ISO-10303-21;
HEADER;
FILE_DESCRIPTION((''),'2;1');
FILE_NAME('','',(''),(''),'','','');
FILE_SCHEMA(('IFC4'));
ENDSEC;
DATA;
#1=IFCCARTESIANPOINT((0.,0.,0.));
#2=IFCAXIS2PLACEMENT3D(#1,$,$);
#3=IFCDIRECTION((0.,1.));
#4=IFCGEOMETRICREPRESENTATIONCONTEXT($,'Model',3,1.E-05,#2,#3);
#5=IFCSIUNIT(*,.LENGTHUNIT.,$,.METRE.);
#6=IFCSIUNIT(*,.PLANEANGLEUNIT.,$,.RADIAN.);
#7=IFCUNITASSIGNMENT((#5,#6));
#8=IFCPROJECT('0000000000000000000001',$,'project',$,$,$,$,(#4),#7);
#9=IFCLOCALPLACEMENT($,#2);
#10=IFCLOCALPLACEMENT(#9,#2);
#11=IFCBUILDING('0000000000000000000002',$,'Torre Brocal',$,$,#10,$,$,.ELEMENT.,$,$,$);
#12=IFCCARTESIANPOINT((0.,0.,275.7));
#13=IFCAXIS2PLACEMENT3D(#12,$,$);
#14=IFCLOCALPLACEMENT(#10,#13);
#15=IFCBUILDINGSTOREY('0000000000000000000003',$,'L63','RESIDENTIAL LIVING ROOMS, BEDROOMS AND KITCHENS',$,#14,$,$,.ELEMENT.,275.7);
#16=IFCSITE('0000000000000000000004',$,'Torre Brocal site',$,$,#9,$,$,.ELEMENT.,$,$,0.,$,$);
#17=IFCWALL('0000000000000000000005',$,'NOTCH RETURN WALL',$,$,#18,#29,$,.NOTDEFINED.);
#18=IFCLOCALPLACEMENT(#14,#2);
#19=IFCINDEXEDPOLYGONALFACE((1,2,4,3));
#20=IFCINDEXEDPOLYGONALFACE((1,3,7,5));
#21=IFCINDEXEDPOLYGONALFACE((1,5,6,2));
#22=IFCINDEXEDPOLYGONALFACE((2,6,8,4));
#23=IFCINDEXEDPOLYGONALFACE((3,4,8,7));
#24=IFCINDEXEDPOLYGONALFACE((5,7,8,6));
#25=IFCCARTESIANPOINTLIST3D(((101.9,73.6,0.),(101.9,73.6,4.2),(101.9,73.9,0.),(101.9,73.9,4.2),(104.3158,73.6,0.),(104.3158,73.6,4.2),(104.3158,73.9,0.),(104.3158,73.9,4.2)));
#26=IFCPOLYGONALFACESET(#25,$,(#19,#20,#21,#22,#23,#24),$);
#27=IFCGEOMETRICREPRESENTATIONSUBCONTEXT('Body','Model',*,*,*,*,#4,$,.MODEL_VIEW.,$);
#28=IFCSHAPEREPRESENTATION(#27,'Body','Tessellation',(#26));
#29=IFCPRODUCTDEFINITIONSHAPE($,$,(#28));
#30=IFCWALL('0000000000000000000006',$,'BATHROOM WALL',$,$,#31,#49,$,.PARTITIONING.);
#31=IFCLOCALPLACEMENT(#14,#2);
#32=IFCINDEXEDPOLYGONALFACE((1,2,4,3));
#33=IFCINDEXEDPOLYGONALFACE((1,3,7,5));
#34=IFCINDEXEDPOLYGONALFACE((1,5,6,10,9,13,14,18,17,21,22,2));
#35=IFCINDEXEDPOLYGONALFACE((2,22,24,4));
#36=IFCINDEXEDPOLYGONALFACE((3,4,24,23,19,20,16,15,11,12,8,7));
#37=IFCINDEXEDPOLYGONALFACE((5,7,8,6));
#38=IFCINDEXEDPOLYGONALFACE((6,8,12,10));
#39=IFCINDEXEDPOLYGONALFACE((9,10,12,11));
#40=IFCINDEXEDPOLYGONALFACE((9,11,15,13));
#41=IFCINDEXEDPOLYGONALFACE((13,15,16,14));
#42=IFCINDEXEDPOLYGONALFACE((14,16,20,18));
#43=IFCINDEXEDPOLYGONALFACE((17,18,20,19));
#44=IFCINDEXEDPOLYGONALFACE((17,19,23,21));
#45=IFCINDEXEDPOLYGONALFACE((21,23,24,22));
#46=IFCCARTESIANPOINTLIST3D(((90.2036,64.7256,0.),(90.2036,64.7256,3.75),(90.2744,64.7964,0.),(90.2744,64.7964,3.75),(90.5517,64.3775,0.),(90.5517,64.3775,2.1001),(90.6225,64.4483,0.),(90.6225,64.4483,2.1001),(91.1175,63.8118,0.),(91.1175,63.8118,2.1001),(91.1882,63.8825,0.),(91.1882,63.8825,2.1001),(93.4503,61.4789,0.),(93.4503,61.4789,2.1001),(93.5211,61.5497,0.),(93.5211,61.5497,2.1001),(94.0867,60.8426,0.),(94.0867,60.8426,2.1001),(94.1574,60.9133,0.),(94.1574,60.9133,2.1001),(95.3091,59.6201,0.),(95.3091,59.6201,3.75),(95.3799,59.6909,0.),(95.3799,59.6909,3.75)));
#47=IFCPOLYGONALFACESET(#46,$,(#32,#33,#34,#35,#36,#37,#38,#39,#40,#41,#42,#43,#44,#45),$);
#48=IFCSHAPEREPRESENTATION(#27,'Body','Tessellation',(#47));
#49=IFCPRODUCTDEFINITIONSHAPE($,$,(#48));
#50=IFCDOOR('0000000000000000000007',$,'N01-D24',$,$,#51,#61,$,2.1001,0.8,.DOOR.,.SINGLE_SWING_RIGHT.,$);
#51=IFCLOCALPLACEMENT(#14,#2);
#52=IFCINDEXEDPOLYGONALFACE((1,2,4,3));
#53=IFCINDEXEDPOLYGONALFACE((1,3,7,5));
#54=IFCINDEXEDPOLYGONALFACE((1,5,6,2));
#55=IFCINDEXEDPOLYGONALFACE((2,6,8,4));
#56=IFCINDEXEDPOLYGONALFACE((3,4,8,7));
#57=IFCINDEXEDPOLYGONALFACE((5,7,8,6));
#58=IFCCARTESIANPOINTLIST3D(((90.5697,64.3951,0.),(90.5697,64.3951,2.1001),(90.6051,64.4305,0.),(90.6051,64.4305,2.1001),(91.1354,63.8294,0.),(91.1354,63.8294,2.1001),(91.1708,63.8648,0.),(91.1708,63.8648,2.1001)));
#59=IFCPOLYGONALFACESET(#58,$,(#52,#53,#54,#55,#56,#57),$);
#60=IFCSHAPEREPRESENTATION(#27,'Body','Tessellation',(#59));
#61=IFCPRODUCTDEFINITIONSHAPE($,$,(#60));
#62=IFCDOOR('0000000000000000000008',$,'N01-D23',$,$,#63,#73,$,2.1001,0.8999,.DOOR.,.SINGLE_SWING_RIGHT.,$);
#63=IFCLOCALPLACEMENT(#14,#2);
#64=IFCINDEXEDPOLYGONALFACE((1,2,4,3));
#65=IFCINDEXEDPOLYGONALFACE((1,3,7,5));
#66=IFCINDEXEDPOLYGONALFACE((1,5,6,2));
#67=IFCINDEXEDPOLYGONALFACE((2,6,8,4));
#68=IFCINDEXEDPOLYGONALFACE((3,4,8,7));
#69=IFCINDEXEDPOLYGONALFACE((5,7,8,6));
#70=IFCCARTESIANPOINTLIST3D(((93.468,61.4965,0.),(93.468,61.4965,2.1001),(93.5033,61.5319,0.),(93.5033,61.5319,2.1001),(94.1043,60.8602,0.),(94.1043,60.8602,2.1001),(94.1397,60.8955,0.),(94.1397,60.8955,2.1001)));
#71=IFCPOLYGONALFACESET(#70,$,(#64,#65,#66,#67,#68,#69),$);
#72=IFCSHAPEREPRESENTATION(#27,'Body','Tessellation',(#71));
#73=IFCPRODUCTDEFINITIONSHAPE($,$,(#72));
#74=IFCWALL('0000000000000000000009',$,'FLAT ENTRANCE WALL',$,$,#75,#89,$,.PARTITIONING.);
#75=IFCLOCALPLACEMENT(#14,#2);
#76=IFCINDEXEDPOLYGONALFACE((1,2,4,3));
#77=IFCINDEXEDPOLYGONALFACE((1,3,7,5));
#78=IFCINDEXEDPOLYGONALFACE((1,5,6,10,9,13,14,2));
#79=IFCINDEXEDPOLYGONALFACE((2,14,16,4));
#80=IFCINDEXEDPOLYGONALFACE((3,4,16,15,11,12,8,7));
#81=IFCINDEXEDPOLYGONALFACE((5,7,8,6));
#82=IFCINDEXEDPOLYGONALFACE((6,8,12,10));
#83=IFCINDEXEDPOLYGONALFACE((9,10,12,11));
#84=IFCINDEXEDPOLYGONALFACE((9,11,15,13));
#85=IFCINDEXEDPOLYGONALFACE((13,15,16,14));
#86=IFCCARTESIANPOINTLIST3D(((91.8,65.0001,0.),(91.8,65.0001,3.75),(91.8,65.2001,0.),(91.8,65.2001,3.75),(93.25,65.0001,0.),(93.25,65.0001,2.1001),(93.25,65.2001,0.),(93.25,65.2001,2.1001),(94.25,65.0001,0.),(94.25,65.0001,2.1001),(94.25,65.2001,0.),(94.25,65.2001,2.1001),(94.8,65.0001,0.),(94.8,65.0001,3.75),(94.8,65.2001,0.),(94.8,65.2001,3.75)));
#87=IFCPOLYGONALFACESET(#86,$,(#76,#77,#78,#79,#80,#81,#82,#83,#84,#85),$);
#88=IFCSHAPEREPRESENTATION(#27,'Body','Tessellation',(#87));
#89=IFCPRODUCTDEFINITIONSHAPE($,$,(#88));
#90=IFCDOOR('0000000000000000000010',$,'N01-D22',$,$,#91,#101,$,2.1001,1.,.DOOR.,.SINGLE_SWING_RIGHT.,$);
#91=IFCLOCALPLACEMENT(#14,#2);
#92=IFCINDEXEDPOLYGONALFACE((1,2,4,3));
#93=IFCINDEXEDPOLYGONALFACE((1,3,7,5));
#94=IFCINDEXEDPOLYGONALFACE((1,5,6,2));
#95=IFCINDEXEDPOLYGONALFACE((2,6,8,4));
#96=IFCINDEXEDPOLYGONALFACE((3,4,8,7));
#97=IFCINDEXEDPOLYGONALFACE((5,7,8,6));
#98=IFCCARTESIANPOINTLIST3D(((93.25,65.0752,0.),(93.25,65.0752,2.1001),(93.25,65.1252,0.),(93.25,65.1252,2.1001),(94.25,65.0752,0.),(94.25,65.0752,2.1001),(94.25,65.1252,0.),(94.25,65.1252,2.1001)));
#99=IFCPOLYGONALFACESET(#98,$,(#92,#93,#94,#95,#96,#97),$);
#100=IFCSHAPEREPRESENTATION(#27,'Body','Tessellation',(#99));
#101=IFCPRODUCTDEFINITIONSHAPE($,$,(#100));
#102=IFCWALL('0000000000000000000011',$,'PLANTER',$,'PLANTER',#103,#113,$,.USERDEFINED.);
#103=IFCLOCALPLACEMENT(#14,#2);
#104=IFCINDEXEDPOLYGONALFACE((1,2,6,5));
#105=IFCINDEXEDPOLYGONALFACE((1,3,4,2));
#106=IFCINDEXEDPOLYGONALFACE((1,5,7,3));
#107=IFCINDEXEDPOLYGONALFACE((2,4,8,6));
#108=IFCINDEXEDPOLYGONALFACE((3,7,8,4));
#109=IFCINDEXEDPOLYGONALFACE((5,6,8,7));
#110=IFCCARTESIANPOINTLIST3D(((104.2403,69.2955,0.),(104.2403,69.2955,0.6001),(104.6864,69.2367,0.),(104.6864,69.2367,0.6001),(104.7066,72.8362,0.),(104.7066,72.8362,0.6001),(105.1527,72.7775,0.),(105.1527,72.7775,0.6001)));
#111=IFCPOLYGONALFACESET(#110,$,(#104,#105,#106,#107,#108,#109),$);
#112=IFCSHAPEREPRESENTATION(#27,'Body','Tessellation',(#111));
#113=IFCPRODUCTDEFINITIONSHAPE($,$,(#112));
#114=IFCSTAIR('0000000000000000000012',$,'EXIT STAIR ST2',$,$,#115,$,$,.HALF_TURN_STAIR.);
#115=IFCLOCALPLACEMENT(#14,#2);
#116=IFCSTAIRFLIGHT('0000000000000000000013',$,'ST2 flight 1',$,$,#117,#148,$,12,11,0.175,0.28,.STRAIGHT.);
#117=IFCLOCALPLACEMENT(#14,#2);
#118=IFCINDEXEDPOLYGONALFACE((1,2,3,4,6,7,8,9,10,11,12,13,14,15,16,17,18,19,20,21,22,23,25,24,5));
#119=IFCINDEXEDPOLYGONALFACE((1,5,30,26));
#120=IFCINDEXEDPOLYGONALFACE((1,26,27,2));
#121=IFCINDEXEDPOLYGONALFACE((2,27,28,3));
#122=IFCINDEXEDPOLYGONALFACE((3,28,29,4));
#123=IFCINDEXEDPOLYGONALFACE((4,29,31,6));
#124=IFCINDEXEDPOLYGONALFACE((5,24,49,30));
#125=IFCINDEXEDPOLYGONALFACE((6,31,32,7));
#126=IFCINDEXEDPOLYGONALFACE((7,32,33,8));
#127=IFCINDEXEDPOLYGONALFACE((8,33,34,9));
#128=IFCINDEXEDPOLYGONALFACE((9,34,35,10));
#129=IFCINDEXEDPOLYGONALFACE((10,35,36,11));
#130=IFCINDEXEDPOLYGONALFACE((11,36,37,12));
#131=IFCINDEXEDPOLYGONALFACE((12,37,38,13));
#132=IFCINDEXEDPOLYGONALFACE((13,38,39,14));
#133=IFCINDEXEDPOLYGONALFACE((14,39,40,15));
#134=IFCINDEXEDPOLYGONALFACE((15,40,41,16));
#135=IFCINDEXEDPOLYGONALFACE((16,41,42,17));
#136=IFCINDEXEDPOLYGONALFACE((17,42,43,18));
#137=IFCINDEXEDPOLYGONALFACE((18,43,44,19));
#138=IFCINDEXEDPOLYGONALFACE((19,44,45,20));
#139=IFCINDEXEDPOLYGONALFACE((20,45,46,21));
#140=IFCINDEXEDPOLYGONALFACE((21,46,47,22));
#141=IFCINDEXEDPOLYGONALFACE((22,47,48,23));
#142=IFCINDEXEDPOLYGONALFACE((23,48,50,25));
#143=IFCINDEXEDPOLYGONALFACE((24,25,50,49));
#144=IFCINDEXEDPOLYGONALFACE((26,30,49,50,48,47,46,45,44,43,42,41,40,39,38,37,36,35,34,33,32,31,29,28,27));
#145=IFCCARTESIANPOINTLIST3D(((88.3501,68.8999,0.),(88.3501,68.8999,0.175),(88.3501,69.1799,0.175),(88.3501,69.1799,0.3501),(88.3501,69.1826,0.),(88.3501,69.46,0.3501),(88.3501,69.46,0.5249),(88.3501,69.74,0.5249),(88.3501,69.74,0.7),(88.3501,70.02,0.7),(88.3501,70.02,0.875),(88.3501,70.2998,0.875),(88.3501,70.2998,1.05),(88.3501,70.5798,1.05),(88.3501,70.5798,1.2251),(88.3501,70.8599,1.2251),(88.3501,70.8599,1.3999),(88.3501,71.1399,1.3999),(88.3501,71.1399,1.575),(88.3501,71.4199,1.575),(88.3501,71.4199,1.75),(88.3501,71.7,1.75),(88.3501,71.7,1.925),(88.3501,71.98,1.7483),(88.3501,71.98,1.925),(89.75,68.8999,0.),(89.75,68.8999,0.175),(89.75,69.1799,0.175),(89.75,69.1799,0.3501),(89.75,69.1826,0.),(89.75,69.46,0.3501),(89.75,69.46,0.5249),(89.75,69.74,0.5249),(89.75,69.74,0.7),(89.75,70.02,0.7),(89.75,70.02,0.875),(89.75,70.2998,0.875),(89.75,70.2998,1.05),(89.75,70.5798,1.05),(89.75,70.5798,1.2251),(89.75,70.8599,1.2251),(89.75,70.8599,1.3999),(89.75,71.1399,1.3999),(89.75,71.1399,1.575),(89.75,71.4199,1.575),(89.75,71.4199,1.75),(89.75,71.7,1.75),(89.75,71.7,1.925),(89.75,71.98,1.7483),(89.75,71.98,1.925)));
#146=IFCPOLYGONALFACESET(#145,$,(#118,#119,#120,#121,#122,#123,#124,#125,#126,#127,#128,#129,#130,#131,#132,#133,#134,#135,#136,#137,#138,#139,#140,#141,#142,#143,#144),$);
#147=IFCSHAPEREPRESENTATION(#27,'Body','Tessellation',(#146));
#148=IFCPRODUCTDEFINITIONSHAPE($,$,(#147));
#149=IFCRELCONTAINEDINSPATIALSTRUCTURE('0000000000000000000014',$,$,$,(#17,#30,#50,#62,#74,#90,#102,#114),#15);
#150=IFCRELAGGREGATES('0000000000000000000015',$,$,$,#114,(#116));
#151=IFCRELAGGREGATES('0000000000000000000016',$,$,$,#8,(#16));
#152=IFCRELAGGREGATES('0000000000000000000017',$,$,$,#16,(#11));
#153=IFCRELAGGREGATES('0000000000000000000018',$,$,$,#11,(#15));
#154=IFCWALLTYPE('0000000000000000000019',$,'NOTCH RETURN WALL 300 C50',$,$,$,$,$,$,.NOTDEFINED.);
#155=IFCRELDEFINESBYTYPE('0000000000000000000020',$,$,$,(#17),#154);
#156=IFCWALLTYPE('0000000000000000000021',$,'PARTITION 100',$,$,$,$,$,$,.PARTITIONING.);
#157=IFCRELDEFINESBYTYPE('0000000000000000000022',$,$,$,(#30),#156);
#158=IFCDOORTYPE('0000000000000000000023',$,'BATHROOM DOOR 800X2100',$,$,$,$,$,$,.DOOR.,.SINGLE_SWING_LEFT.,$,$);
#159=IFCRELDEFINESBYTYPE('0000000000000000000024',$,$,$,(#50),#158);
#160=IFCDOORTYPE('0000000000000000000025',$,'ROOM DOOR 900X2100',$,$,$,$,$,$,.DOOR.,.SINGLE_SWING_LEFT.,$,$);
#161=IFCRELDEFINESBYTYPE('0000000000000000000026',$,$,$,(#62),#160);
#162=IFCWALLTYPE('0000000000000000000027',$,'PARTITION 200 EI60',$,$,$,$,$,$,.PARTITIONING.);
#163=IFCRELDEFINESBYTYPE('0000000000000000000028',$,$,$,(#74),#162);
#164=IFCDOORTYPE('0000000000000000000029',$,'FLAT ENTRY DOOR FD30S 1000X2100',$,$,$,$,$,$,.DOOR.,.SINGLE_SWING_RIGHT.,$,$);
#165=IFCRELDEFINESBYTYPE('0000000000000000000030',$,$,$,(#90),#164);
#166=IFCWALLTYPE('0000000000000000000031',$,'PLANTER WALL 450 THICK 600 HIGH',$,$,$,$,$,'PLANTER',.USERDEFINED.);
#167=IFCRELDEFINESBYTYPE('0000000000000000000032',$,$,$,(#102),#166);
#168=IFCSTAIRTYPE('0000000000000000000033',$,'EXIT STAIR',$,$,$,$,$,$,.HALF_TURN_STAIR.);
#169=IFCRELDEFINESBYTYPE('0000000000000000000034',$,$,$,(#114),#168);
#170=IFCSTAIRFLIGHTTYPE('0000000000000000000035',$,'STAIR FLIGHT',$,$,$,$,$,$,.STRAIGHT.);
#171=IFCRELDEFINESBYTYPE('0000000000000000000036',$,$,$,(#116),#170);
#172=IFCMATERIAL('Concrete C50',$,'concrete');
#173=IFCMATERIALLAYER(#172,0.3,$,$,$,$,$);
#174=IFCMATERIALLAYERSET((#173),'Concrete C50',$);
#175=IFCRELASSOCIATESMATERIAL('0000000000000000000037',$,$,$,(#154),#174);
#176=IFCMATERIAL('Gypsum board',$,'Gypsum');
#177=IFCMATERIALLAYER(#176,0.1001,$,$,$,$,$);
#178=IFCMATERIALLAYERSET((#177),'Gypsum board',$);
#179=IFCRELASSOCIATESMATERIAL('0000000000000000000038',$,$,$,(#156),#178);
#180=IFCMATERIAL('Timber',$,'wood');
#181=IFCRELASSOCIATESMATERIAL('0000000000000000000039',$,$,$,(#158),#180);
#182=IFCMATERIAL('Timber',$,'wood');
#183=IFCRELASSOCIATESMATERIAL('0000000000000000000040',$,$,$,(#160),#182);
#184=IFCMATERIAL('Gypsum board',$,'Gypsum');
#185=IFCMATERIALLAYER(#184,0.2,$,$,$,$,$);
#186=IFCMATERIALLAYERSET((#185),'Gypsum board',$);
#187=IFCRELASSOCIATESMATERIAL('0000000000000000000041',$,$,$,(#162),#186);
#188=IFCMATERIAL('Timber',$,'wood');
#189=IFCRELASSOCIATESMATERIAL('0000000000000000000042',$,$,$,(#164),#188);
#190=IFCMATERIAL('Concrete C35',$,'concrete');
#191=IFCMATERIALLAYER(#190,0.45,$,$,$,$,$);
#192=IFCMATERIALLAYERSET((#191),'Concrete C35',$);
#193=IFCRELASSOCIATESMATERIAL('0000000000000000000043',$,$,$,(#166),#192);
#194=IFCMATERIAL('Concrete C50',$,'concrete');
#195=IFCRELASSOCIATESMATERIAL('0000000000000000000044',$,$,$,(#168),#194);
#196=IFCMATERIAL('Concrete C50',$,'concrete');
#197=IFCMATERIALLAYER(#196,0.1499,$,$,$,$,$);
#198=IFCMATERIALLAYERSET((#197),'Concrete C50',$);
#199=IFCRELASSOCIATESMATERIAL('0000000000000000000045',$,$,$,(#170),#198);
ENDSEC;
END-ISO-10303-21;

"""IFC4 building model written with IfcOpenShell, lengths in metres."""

from ifc_helpers import new_model, si_unit, direction, frame, frame_2d, origin, place, context, subcontext, project, spatial, polyline, rectangle, outline, extrude, material, layer, layer_set, type_object, element, fill, aggregate, save


model = new_model("IFC4")

# Units and contexts
model_context = context("Model", 3, precision=1e-05, world=origin(), true_north=direction((0.0, 1.0)))
body_context = subcontext(model_context, "Body", "Model", "MODEL_VIEW")
ifc_project = project(units=[si_unit("LENGTHUNIT", "METRE"), si_unit("PLANEANGLEUNIT", "RADIAN")], contexts=[model_context])

# Site, building, storey
site_placement = place(None, origin())
site = spatial("IfcSite", under=ifc_project, at=site_placement, Name="Torre Brocal site", CompositionType="ELEMENT", RefElevation=0.0)
building_placement = place(site_placement, origin())
building = spatial("IfcBuilding", under=site, at=building_placement, Name="Torre Brocal", CompositionType="ELEMENT")
storey_placement = place(building_placement, frame((0.0, 0.0, 275.7)))
storey = spatial("IfcBuildingStorey", under=building, at=storey_placement, Name="L63", Description="RESIDENTIAL LIVING ROOMS, BEDROOMS AND KITCHENS", CompositionType="ELEMENT", Elevation=275.7)

# Wall
ifc_material_1 = material(Name="Concrete C50", Category="concrete")
ifc_layer_1 = layer(ifc_material_1, 0.3)
ifc_layer_set_1 = layer_set([ifc_layer_1], Name="Concrete C50")
wall_type_1 = type_object("IfcWallType", Name="NOTCH RETURN WALL 300 C50", PredefinedType="NOTDEFINED", material=ifc_layer_set_1)
wall_1_placement = place(storey_placement, frame((101.8999, 73.75, 0.0), z_axis=(0.0, 0.0, 1.0), x_axis=(1.0, 0.0, 0.0)))
element("IfcWall", 1, at=wall_1_placement, inside=storey, type_object=wall_type_1, Name="NOTCH RETURN WALL", PredefinedType="NOTDEFINED", context=body_context, shape_type="SweptSolid", body=[
    extrude(rectangle(XDim=2.4158, YDim=0.3, at=frame_2d((1.208, 0.0))), origin(), (0.0, 0.0, 1.0), 4.2),
])

# Wall, openings, doors
ifc_material_2 = material(Name="Gypsum board", Category="Gypsum")
ifc_layer_2 = layer(ifc_material_2, 0.1001)
ifc_layer_set_2 = layer_set([ifc_layer_2], Name="Gypsum board")
wall_type_2 = type_object("IfcWallType", Name="PARTITION 100", PredefinedType="PARTITIONING", material=ifc_layer_set_2)
wall_2_placement = place(storey_placement, frame((90.239, 64.761, 0.0), z_axis=(0.0, 0.0, 1.0), x_axis=(0.707107, -0.707107, 0.0)))
wall_2 = element("IfcWall", 2, at=wall_2_placement, inside=storey, type_object=wall_type_2, Name="BATHROOM WALL", PredefinedType="PARTITIONING", context=body_context, shape_type="SweptSolid", body=[
    extrude(rectangle(XDim=7.2202, YDim=0.1001, at=frame_2d((3.6101, 0.0))), origin(), (0.0, 0.0, 1.0), 3.75),
])
opening_1_placement = place(wall_2_placement, frame((4.5916, 0.0, 0.0)))
opening_1 = element("IfcOpeningElement", 3, at=opening_1_placement, cuts=wall_2, PredefinedType="OPENING", context=body_context, shape_type="SweptSolid", body=[
    extrude(rectangle(XDim=0.8999, YDim=2.1001, at=frame_2d((0.45, 1.05))), frame((0.0, 0.0601, 0.0), z_axis=(0.0, -1.0, 0.0), x_axis=(1.0, 0.0, 0.0)), (0.0, 0.0, 1.0), 0.1201),
])
opening_2_placement = place(wall_2_placement, frame((0.4924, 0.0, 0.0)))
opening_2 = element("IfcOpeningElement", 4, at=opening_2_placement, cuts=wall_2, PredefinedType="OPENING", context=body_context, shape_type="SweptSolid", body=[
    extrude(rectangle(XDim=0.8, YDim=2.1001, at=frame_2d((0.3999, 1.05))), frame((0.0, 0.0601, 0.0), z_axis=(0.0, -1.0, 0.0), x_axis=(1.0, 0.0, 0.0)), (0.0, 0.0, 1.0), 0.1201),
])
ifc_material_3 = material(Name="Timber", Category="wood")
door_type_1 = type_object("IfcDoorType", Name="BATHROOM DOOR 800X2100", OperationType="SINGLE_SWING_LEFT", PredefinedType="DOOR", material=ifc_material_3)
door_1_placement = place(opening_2_placement, frame((0.8, 0.0, 0.0), z_axis=(0.0, 0.0, 1.0), x_axis=(-1.0, 0.0, 0.0)))
door_1 = element("IfcDoor", 5, at=door_1_placement, inside=storey, type_object=door_type_1, Name="N01-D24", OperationType="SINGLE_SWING_RIGHT", OverallHeight=2.1001, OverallWidth=0.8, PredefinedType="DOOR", context=body_context, shape_type="SweptSolid", body=[
    extrude(rectangle(XDim=0.8, YDim=2.1001, at=frame_2d((0.3999, 1.05))), frame((0.0, 0.0249, 0.0), z_axis=(0.0, -1.0, 0.0), x_axis=(1.0, 0.0, 0.0)), (0.0, 0.0, 1.0), 0.05),
])
fill(opening_2, door_1)
ifc_material_4 = material(Name="Timber", Category="wood")
door_type_2 = type_object("IfcDoorType", Name="ROOM DOOR 900X2100", OperationType="SINGLE_SWING_LEFT", PredefinedType="DOOR", material=ifc_material_4)
door_2_placement = place(opening_1_placement, origin())
door_2 = element("IfcDoor", 6, at=door_2_placement, inside=storey, type_object=door_type_2, Name="N01-D23", OperationType="SINGLE_SWING_RIGHT", OverallHeight=2.1001, OverallWidth=0.8999, PredefinedType="DOOR", context=body_context, shape_type="SweptSolid", body=[
    extrude(rectangle(XDim=0.8999, YDim=2.1001, at=frame_2d((0.45, 1.05))), frame((0.0, 0.0249, 0.0), z_axis=(0.0, -1.0, 0.0), x_axis=(1.0, 0.0, 0.0)), (0.0, 0.0, 1.0), 0.05),
])
fill(opening_1, door_2)

# Wall, opening, door
ifc_material_5 = material(Name="Gypsum board", Category="Gypsum")
ifc_layer_3 = layer(ifc_material_5, 0.2)
ifc_layer_set_3 = layer_set([ifc_layer_3], Name="Gypsum board")
wall_type_3 = type_object("IfcWallType", Name="PARTITION 200 EI60", PredefinedType="PARTITIONING", material=ifc_layer_set_3)
wall_3_placement = place(storey_placement, frame((91.8, 65.1001, 0.0), z_axis=(0.0, 0.0, 1.0), x_axis=(1.0, 0.0, 0.0)))
wall_3 = element("IfcWall", 7, at=wall_3_placement, inside=storey, type_object=wall_type_3, Name="FLAT ENTRANCE WALL", PredefinedType="PARTITIONING", context=body_context, shape_type="SweptSolid", body=[
    extrude(rectangle(XDim=3.0, YDim=0.2, at=frame_2d((1.5, 0.0))), origin(), (0.0, 0.0, 1.0), 3.75),
])
opening_3_placement = place(wall_3_placement, frame((1.45, 0.0, 0.0)))
opening_3 = element("IfcOpeningElement", 8, at=opening_3_placement, cuts=wall_3, PredefinedType="OPENING", context=body_context, shape_type="SweptSolid", body=[
    extrude(rectangle(XDim=1.0, YDim=2.1001, at=frame_2d((0.5, 1.05))), frame((0.0, 0.1099, 0.0), z_axis=(0.0, -1.0, 0.0), x_axis=(1.0, 0.0, 0.0)), (0.0, 0.0, 1.0), 0.22),
])
ifc_material_6 = material(Name="Timber", Category="wood")
door_type_3 = type_object("IfcDoorType", Name="FLAT ENTRY DOOR FD30S 1000X2100", OperationType="SINGLE_SWING_RIGHT", PredefinedType="DOOR", material=ifc_material_6)
door_3_placement = place(opening_3_placement, frame((1.0, 0.0, 0.0), z_axis=(0.0, 0.0, 1.0), x_axis=(-1.0, 0.0, 0.0)))
door_3 = element("IfcDoor", 9, at=door_3_placement, inside=storey, type_object=door_type_3, Name="N01-D22", OperationType="SINGLE_SWING_RIGHT", OverallHeight=2.1001, OverallWidth=1.0, PredefinedType="DOOR", context=body_context, shape_type="SweptSolid", body=[
    extrude(rectangle(XDim=1.0, YDim=2.1001, at=frame_2d((0.5, 1.05))), frame((0.0, 0.0249, 0.0), z_axis=(0.0, -1.0, 0.0), x_axis=(1.0, 0.0, 0.0)), (0.0, 0.0, 1.0), 0.05),
])
fill(opening_3, door_3)

# Wall
ifc_material_7 = material(Name="Concrete C35", Category="concrete")
ifc_layer_4 = layer(ifc_material_7, 0.45)
ifc_layer_set_4 = layer_set([ifc_layer_4], Name="Concrete C35")
wall_type_4 = type_object("IfcWallType", Name="PLANTER WALL 450 THICK 600 HIGH", ElementType="PLANTER", PredefinedType="USERDEFINED", material=ifc_layer_set_4)
wall_4_placement = place(storey_placement, frame((104.4634, 69.2661, 0.0), z_axis=(0.0, 0.0, 1.0), x_axis=(0.130569, 0.991439, 0.0)))
element("IfcWall", 10, at=wall_4_placement, inside=storey, type_object=wall_type_4, Name="PLANTER", ObjectType="PLANTER", PredefinedType="USERDEFINED", context=body_context, shape_type="SweptSolid", body=[
    extrude(rectangle(XDim=3.5713, YDim=0.45, at=frame_2d((1.7856, 0.0))), origin(), (0.0, 0.0, 1.0), 0.6001),
])

# Stair, stair flight
ifc_material_8 = material(Name="Concrete C50", Category="concrete")
stair_type = type_object("IfcStairType", Name="EXIT STAIR", PredefinedType="HALF_TURN_STAIR", material=ifc_material_8)
stair_placement = place(storey_placement, origin())
stair = element("IfcStair", 11, at=stair_placement, inside=storey, type_object=stair_type, Name="EXIT STAIR ST2", PredefinedType="HALF_TURN_STAIR")
ifc_material_9 = material(Name="Concrete C50", Category="concrete")
ifc_layer_5 = layer(ifc_material_9, 0.1499)
ifc_layer_set_5 = layer_set([ifc_layer_5], Name="Concrete C50")
stair_flight_type = type_object("IfcStairFlightType", Name="STAIR FLIGHT", PredefinedType="STRAIGHT", material=ifc_layer_set_5)
stair_flight_1_placement = place(storey_placement, frame((89.05, 68.8999, 0.0), z_axis=(0.0, 0.0, 1.0), x_axis=(0.0, 1.0, 0.0)))
stair_flight_1 = element("IfcStairFlight", 12, at=stair_flight_1_placement, type_object=stair_flight_type, Name="ST2 flight 1", NumberOfRisers=12, NumberOfTreads=11, PredefinedType="STRAIGHT", RiserHeight=0.175, TreadLength=0.28, context=body_context, shape_type="SweptSolid", body=[
    extrude(outline(polyline([(0.0, 0.0), (0.0, 0.175), (0.28, 0.175), (0.28, 0.3501), (0.5601, 0.3501), (0.5601, 0.5249), (0.8401, 0.5249), (0.8401, 0.7), (1.1201, 0.7), (1.1201, 0.875), (1.3999, 0.875), (1.3999, 1.05), (1.6799, 1.05), (1.6799, 1.2251), (1.96, 1.2251), (1.96, 1.3999), (2.24, 1.3999), (2.24, 1.575), (2.52, 1.575), (2.52, 1.75), (2.8, 1.75), (2.8, 1.925), (3.0801, 1.925), (3.0801, 2.1001), (3.0801, 1.7483), (0.2827, 0.0), (0.0, 0.0)])), frame((0.0, 0.7, 0.0), z_axis=(0.0, -1.0, 0.0), x_axis=(1.0, 0.0, 0.0)), (0.0, 0.0, 1.0), 1.3999),
])
aggregate(stair, [stair_flight_1])

save(model, "model.ifc")
